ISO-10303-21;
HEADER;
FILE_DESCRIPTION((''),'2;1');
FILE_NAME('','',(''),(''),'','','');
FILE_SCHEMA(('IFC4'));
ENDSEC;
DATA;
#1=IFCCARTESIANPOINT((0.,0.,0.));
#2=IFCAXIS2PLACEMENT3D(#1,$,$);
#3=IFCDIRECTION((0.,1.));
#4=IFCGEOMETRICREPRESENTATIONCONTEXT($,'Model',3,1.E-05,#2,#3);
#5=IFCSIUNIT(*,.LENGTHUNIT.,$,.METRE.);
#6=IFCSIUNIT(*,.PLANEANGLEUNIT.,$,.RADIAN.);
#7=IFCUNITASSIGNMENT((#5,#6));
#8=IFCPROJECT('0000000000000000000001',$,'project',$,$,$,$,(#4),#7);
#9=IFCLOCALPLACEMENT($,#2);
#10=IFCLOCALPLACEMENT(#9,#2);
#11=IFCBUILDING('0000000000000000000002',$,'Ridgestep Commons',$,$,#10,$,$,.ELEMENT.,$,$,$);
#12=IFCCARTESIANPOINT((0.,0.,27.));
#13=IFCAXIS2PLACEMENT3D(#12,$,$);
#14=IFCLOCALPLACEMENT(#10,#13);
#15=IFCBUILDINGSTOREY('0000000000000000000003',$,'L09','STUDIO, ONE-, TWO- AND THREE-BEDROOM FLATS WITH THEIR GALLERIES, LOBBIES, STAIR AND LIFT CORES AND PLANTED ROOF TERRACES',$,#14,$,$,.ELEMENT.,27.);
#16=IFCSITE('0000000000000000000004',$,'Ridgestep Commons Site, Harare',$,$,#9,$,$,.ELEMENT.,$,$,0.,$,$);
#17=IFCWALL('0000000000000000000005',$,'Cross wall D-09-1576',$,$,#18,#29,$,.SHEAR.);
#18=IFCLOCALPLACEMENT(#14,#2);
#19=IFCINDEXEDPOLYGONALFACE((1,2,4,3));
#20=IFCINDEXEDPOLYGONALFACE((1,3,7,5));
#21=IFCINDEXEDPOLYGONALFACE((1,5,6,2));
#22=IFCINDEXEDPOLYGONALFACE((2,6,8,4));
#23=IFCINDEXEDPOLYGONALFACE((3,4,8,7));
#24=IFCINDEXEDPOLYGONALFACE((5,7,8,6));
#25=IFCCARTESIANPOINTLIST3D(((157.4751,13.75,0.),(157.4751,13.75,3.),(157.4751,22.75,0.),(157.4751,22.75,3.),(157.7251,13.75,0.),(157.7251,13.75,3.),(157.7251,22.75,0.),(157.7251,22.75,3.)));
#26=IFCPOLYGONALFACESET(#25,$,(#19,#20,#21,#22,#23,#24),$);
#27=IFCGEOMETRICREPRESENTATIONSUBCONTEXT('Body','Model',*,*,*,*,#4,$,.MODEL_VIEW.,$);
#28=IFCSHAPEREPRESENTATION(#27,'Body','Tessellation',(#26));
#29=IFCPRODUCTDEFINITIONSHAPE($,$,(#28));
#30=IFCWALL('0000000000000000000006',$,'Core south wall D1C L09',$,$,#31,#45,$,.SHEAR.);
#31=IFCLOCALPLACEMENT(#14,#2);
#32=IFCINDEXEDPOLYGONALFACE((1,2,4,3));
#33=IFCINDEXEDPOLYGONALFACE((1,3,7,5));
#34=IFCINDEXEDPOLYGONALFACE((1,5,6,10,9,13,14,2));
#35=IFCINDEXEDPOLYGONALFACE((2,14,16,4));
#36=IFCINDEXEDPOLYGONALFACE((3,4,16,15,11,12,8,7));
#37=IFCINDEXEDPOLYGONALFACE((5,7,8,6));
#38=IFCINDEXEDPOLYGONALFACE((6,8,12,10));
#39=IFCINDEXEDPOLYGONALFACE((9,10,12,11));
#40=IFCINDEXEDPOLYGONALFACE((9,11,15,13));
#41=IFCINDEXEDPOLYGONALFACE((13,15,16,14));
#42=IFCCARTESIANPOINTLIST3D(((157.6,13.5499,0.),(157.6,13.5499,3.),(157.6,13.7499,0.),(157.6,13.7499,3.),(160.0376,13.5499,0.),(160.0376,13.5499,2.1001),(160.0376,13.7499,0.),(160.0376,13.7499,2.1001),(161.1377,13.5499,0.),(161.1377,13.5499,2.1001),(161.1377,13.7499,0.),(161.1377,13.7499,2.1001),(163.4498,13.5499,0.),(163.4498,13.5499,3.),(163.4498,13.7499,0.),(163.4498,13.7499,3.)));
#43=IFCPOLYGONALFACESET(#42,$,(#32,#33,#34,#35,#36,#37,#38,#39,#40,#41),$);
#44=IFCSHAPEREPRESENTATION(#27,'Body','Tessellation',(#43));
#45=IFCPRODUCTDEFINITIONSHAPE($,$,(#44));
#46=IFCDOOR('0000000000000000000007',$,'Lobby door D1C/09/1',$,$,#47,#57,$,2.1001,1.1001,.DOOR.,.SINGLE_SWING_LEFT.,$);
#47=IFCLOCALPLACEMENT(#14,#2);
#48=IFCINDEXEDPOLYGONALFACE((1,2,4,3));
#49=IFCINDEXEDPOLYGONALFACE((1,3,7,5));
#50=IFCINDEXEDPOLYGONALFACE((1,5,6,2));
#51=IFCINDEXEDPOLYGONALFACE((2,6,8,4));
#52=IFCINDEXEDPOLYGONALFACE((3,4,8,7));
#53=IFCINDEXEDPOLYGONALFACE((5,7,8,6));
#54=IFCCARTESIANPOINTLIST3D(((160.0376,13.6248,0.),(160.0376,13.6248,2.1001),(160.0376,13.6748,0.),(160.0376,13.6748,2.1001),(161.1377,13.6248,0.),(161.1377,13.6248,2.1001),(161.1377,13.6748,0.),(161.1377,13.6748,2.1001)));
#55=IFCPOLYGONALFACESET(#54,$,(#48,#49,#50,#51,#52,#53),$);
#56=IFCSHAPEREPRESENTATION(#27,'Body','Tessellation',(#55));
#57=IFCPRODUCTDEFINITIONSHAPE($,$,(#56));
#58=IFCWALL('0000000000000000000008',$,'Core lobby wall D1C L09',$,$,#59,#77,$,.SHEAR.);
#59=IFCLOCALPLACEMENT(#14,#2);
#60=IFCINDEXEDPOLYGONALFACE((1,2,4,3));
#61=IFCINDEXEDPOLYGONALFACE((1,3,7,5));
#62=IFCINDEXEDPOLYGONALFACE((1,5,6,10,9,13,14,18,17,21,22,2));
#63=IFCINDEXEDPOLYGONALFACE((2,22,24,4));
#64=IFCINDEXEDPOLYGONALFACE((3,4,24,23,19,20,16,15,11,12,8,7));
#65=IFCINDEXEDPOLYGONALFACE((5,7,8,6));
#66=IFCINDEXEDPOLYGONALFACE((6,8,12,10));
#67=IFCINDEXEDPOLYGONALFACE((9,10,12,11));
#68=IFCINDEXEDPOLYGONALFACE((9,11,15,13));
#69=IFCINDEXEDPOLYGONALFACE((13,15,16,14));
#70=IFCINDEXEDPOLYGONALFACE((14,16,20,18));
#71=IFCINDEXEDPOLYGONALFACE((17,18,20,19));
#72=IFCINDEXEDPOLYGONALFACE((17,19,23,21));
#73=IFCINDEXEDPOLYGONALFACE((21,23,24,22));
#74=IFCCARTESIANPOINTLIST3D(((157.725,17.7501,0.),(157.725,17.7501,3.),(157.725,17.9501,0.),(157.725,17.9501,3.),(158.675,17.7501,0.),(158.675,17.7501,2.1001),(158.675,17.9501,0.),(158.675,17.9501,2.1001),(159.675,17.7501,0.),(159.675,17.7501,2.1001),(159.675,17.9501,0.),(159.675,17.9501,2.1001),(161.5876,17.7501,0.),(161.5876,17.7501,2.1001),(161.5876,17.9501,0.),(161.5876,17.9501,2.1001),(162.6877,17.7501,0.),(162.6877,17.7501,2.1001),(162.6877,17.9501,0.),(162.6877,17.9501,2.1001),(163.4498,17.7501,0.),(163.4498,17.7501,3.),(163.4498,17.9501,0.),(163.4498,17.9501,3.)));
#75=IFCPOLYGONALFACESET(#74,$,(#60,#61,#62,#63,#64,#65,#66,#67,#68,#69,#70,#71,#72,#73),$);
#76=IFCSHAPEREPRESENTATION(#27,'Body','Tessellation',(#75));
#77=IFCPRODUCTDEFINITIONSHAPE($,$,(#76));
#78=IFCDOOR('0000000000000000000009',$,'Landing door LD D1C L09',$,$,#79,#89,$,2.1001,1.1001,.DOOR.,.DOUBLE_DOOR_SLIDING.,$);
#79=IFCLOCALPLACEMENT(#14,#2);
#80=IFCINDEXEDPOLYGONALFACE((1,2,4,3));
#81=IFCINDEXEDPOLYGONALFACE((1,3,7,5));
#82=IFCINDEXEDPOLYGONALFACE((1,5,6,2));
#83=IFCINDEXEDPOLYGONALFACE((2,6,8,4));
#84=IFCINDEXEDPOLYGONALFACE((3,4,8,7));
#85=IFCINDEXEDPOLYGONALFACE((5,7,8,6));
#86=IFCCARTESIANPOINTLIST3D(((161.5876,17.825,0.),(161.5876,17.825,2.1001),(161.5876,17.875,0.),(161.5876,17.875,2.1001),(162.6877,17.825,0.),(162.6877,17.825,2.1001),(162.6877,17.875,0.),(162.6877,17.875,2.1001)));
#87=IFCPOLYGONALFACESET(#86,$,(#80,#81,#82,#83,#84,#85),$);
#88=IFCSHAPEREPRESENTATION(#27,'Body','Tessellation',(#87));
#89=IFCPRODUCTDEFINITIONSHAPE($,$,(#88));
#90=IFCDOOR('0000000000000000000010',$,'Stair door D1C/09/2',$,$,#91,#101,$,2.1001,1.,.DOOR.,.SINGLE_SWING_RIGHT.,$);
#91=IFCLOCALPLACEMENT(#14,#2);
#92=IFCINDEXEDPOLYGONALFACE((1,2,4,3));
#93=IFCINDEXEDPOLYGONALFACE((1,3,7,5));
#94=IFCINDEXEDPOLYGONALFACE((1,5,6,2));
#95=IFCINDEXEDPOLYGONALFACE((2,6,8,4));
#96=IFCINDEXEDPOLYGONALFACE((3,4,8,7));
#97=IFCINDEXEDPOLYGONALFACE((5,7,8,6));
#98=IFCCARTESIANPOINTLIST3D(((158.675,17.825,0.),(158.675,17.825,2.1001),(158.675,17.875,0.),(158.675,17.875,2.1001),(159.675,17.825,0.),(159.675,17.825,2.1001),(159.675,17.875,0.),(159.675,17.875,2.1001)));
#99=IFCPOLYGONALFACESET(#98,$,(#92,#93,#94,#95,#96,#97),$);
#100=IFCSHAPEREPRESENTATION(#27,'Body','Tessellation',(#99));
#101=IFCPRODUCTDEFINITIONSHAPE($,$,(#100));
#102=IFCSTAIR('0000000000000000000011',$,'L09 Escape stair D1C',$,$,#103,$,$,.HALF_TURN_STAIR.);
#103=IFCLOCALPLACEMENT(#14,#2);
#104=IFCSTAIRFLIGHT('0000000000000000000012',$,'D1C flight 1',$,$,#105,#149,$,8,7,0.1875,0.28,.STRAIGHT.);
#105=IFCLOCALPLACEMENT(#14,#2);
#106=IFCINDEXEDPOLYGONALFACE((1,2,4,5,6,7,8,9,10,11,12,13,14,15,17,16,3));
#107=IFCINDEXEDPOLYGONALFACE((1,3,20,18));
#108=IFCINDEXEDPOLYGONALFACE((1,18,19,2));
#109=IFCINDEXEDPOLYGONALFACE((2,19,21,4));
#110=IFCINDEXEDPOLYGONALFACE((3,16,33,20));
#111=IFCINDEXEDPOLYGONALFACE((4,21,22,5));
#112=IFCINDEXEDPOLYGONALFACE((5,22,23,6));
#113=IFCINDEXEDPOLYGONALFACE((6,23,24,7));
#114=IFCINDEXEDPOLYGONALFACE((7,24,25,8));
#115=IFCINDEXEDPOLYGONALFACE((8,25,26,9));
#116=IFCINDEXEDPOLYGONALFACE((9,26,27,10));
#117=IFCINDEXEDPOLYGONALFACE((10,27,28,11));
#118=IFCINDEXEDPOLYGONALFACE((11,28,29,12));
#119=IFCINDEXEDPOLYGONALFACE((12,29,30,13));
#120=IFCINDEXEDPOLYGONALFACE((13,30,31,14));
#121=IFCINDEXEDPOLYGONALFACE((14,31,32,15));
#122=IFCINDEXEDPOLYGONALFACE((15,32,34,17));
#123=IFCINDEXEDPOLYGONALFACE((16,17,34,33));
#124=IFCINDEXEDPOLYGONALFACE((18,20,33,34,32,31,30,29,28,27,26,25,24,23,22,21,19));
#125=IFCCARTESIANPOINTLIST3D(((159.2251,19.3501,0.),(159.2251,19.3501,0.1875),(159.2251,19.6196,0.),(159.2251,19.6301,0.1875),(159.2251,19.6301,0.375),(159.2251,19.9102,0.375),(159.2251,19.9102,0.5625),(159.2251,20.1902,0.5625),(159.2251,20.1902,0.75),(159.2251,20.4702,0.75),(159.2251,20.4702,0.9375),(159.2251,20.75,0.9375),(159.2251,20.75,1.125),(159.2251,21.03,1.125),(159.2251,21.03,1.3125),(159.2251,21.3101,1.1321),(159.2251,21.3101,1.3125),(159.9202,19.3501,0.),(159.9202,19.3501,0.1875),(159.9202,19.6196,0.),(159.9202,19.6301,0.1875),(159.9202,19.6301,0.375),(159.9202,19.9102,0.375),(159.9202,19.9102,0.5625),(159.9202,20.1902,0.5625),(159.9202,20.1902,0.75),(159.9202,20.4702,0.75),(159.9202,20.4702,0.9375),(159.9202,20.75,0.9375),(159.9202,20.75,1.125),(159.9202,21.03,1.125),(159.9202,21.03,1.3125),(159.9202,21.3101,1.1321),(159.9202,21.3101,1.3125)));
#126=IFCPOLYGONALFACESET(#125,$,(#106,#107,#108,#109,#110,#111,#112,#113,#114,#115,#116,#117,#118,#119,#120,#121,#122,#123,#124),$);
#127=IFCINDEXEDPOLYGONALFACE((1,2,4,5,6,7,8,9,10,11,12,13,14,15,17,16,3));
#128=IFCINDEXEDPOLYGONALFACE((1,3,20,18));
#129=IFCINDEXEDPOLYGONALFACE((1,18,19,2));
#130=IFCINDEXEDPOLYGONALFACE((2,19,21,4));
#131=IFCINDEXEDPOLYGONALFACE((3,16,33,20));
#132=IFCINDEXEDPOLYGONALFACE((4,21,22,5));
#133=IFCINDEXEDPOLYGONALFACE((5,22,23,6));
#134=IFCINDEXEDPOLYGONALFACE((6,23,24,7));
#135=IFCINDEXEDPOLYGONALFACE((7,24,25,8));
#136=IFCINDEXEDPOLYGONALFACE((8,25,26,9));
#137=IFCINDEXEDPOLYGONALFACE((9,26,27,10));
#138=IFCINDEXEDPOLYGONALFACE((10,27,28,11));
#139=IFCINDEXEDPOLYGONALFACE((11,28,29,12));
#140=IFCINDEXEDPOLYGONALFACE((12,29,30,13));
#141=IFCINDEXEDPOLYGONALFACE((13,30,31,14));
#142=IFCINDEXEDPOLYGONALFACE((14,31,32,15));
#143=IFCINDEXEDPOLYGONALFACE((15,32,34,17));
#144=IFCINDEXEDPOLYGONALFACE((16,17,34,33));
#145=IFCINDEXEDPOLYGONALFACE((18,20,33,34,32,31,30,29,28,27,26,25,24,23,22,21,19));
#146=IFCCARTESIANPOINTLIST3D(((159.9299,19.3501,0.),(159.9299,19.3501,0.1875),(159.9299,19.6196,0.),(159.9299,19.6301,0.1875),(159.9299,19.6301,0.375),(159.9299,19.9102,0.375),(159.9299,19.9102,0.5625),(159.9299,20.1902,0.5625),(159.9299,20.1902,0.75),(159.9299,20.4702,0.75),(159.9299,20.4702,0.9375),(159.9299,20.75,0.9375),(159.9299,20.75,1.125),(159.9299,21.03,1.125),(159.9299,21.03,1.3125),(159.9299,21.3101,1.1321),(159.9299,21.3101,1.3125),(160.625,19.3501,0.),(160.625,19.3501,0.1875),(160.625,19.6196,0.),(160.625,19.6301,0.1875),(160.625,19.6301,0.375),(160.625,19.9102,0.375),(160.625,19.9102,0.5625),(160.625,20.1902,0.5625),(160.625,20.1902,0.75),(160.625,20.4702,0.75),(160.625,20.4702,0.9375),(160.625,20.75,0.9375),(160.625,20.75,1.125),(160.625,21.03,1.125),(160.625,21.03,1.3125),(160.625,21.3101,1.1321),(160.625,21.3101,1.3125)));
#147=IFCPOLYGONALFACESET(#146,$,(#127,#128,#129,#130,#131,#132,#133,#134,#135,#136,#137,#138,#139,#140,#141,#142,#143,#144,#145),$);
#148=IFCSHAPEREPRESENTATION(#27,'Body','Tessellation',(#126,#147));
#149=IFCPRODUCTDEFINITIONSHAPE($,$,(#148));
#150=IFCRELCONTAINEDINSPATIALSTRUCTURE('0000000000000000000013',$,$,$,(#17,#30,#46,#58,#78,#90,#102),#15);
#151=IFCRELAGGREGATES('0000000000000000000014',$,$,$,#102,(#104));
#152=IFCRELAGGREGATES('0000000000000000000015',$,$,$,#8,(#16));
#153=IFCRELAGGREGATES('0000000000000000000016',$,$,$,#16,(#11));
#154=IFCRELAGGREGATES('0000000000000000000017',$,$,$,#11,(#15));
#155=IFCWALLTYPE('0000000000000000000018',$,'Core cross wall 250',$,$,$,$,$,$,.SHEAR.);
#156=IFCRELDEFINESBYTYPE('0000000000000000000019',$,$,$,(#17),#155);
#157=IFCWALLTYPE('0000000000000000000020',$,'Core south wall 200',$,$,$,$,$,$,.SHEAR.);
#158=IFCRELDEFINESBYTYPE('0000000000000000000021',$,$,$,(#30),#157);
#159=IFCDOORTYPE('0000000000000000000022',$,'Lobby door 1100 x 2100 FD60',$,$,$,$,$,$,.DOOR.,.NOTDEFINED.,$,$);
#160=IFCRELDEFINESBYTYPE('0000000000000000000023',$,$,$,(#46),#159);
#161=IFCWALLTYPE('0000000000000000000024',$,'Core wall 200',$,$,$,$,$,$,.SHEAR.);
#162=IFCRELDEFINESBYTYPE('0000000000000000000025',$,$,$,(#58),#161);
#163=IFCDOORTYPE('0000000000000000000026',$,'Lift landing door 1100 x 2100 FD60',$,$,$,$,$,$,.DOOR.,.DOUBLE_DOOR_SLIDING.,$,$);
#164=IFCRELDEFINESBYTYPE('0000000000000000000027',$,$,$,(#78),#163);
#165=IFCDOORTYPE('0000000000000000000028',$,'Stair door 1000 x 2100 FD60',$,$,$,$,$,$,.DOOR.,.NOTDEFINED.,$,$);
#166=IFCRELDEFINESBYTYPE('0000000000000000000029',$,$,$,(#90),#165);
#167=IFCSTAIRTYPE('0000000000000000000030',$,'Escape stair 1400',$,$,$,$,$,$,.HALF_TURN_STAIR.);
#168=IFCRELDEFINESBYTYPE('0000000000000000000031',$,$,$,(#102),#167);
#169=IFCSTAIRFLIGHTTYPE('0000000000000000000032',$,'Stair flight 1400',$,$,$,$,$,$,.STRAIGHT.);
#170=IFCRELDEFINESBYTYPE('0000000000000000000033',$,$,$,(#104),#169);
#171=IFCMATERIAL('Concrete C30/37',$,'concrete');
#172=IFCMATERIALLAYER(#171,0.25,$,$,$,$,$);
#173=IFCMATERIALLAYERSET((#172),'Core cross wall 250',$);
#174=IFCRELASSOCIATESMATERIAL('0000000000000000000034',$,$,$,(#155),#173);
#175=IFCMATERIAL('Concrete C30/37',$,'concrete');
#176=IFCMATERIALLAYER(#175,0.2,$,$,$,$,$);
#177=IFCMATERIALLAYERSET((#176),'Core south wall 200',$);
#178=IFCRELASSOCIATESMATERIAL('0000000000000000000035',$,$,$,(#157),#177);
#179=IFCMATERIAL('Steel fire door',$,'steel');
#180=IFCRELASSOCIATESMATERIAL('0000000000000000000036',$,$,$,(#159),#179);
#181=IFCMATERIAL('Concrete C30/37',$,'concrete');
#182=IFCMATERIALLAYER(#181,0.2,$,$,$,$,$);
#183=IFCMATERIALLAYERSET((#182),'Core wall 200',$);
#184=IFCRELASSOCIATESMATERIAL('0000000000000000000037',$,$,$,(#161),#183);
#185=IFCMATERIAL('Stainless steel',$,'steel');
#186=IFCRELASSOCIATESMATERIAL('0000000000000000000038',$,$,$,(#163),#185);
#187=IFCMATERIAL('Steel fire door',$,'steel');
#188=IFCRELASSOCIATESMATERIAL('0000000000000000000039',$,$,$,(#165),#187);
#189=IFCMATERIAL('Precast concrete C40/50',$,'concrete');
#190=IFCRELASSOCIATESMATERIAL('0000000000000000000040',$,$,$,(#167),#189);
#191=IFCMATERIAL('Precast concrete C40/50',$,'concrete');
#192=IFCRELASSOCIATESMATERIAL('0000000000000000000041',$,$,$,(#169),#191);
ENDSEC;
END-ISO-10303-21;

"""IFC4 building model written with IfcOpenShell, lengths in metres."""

from ifc_helpers import new_model, si_unit, direction, frame, frame_2d, origin, place, context, subcontext, project, spatial, polyline, rectangle, outline, extrude, material, layer, layer_set, type_object, element, fill, aggregate, save


model = new_model("IFC4")

# Units and contexts
model_context = context("Model", 3, precision=1e-05, world=origin(), true_north=direction((0.0, 1.0)))
body_context = subcontext(model_context, "Body", "Model", "MODEL_VIEW")
ifc_project = project(units=[si_unit("LENGTHUNIT", "METRE"), si_unit("PLANEANGLEUNIT", "RADIAN")], contexts=[model_context])

# Site, building, storey
site_placement = place(None, origin())
site = spatial("IfcSite", under=ifc_project, at=site_placement, Name="Ridgestep Commons Site, Harare", CompositionType="ELEMENT", RefElevation=0.0)
building_placement = place(site_placement, origin())
building = spatial("IfcBuilding", under=site, at=building_placement, Name="Ridgestep Commons", CompositionType="ELEMENT")
storey_placement = place(building_placement, frame((0.0, 0.0, 27.0)))
storey = spatial("IfcBuildingStorey", under=building, at=storey_placement, Name="L09", Description="STUDIO, ONE-, TWO- AND THREE-BEDROOM FLATS WITH THEIR GALLERIES, LOBBIES, STAIR AND LIFT CORES AND PLANTED ROOF TERRACES", CompositionType="ELEMENT", Elevation=27.0)

# Wall
ifc_material_1 = material(Name="Concrete C30/37", Category="concrete")
ifc_layer_1 = layer(ifc_material_1, 0.25)
ifc_layer_set_1 = layer_set([ifc_layer_1], Name="Core cross wall 250")
wall_type_1 = type_object("IfcWallType", Name="Core cross wall 250", PredefinedType="SHEAR", material=ifc_layer_set_1)
wall_1_placement = place(storey_placement, frame((157.6001, 13.75, 0.0), z_axis=(0.0, 0.0, 1.0), x_axis=(0.0, 1.0, 0.0)))
element("IfcWall", 1, at=wall_1_placement, inside=storey, type_object=wall_type_1, Name="Cross wall D-09-1576", PredefinedType="SHEAR", context=body_context, shape_type="SweptSolid", body=[
    extrude(rectangle(XDim=9.0, YDim=0.25, at=frame_2d((4.5, 0.0))), origin(), (0.0, 0.0, 1.0), 3.0),
])

# Wall, opening, door
ifc_material_2 = material(Name="Concrete C30/37", Category="concrete")
ifc_layer_2 = layer(ifc_material_2, 0.2)
ifc_layer_set_2 = layer_set([ifc_layer_2], Name="Core south wall 200")
wall_type_2 = type_object("IfcWallType", Name="Core south wall 200", PredefinedType="SHEAR", material=ifc_layer_set_2)
wall_2_placement = place(storey_placement, frame((157.6001, 13.6499, 0.0), z_axis=(0.0, 0.0, 1.0), x_axis=(1.0, 0.0, 0.0)))
wall_2 = element("IfcWall", 2, at=wall_2_placement, inside=storey, type_object=wall_type_2, Name="Core south wall D1C L09", PredefinedType="SHEAR", context=body_context, shape_type="SweptSolid", body=[
    extrude(rectangle(XDim=5.8499, YDim=0.2, at=frame_2d((2.9248, 0.0))), origin(), (0.0, 0.0, 1.0), 3.0),
])
opening_1_placement = place(wall_2_placement, frame((2.4375, 0.0, 0.0)))
opening_1 = element("IfcOpeningElement", 3, at=opening_1_placement, cuts=wall_2, PredefinedType="OPENING", context=body_context, shape_type="SweptSolid", body=[
    extrude(rectangle(XDim=1.1001, YDim=2.1001, at=frame_2d((0.55, 1.05))), frame((0.0, 0.1099, 0.0), z_axis=(0.0, -1.0, 0.0), x_axis=(1.0, 0.0, 0.0)), (0.0, 0.0, 1.0), 0.22),
])
ifc_material_3 = material(Name="Steel fire door", Category="steel")
door_type_1 = type_object("IfcDoorType", Name="Lobby door 1100 x 2100 FD60", OperationType="NOTDEFINED", PredefinedType="DOOR", material=ifc_material_3)
door_1_placement = place(opening_1_placement, origin())
door_1 = element("IfcDoor", 4, at=door_1_placement, inside=storey, type_object=door_type_1, Name="Lobby door D1C/09/1", OperationType="SINGLE_SWING_LEFT", OverallHeight=2.1001, OverallWidth=1.1001, PredefinedType="DOOR", context=body_context, shape_type="SweptSolid", body=[
    extrude(rectangle(XDim=1.1001, YDim=2.1001, at=frame_2d((0.55, 1.05))), frame((0.0, 0.0249, 0.0), z_axis=(0.0, -1.0, 0.0), x_axis=(1.0, 0.0, 0.0)), (0.0, 0.0, 1.0), 0.05),
])
fill(opening_1, door_1)

# Wall, openings, doors
ifc_material_4 = material(Name="Concrete C30/37", Category="concrete")
ifc_layer_3 = layer(ifc_material_4, 0.2)
ifc_layer_set_3 = layer_set([ifc_layer_3], Name="Core wall 200")
wall_type_3 = type_object("IfcWallType", Name="Core wall 200", PredefinedType="SHEAR", material=ifc_layer_set_3)
wall_3_placement = place(storey_placement, frame((157.7251, 17.8501, 0.0), z_axis=(0.0, 0.0, 1.0), x_axis=(1.0, 0.0, 0.0)))
wall_3 = element("IfcWall", 5, at=wall_3_placement, inside=storey, type_object=wall_type_3, Name="Core lobby wall D1C L09", PredefinedType="SHEAR", context=body_context, shape_type="SweptSolid", body=[
    extrude(rectangle(XDim=5.7249, YDim=0.2, at=frame_2d((2.8623, 0.0))), origin(), (0.0, 0.0, 1.0), 3.0),
])
opening_2_placement = place(wall_3_placement, frame((0.95, 0.0, 0.0)))
opening_2 = element("IfcOpeningElement", 6, at=opening_2_placement, cuts=wall_3, PredefinedType="OPENING", context=body_context, shape_type="SweptSolid", body=[
    extrude(rectangle(XDim=1.0, YDim=2.1001, at=frame_2d((0.5, 1.05))), frame((0.0, 0.1099, 0.0), z_axis=(0.0, -1.0, 0.0), x_axis=(1.0, 0.0, 0.0)), (0.0, 0.0, 1.0), 0.22),
])
opening_3_placement = place(wall_3_placement, frame((3.8625, 0.0, 0.0)))
opening_3 = element("IfcOpeningElement", 7, at=opening_3_placement, cuts=wall_3, PredefinedType="OPENING", context=body_context, shape_type="SweptSolid", body=[
    extrude(rectangle(XDim=1.1001, YDim=2.1001, at=frame_2d((0.55, 1.05))), frame((0.0, 0.1099, 0.0), z_axis=(0.0, -1.0, 0.0), x_axis=(1.0, 0.0, 0.0)), (0.0, 0.0, 1.0), 0.22),
])
ifc_material_5 = material(Name="Stainless steel", Category="steel")
door_type_2 = type_object("IfcDoorType", Name="Lift landing door 1100 x 2100 FD60", OperationType="DOUBLE_DOOR_SLIDING", PredefinedType="DOOR", material=ifc_material_5)
door_2_placement = place(opening_3_placement, origin())
door_2 = element("IfcDoor", 8, at=door_2_placement, inside=storey, type_object=door_type_2, Name="Landing door LD D1C L09", OperationType="DOUBLE_DOOR_SLIDING", OverallHeight=2.1001, OverallWidth=1.1001, PredefinedType="DOOR", context=body_context, shape_type="SweptSolid", body=[
    extrude(rectangle(XDim=1.1001, YDim=2.1001, at=frame_2d((0.55, 1.05))), frame((0.0, 0.0249, 0.0), z_axis=(0.0, -1.0, 0.0), x_axis=(1.0, 0.0, 0.0)), (0.0, 0.0, 1.0), 0.05),
])
fill(opening_3, door_2)
ifc_material_6 = material(Name="Steel fire door", Category="steel")
door_type_3 = type_object("IfcDoorType", Name="Stair door 1000 x 2100 FD60", OperationType="NOTDEFINED", PredefinedType="DOOR", material=ifc_material_6)
door_3_placement = place(opening_2_placement, origin())
door_3 = element("IfcDoor", 9, at=door_3_placement, inside=storey, type_object=door_type_3, Name="Stair door D1C/09/2", OperationType="SINGLE_SWING_RIGHT", OverallHeight=2.1001, OverallWidth=1.0, PredefinedType="DOOR", context=body_context, shape_type="SweptSolid", body=[
    extrude(rectangle(XDim=1.0, YDim=2.1001, at=frame_2d((0.5, 1.05))), frame((0.0, 0.0249, 0.0), z_axis=(0.0, -1.0, 0.0), x_axis=(1.0, 0.0, 0.0)), (0.0, 0.0, 1.0), 0.05),
])
fill(opening_2, door_3)

# Stair, stair flight
ifc_material_7 = material(Name="Precast concrete C40/50", Category="concrete")
stair_type = type_object("IfcStairType", Name="Escape stair 1400", PredefinedType="HALF_TURN_STAIR", material=ifc_material_7)
stair_placement = place(storey_placement, origin())
stair = element("IfcStair", 10, at=stair_placement, inside=storey, type_object=stair_type, Name="L09 Escape stair D1C", PredefinedType="HALF_TURN_STAIR")
ifc_material_8 = material(Name="Precast concrete C40/50", Category="concrete")
stair_flight_type = type_object("IfcStairFlightType", Name="Stair flight 1400", PredefinedType="STRAIGHT", material=ifc_material_8)
stair_flight_1_placement = place(storey_placement, frame((159.925, 19.3501, 0.0), z_axis=(0.0, 0.0, 1.0), x_axis=(0.0, 1.0, 0.0)))
stair_flight_1 = element("IfcStairFlight", 11, at=stair_flight_1_placement, type_object=stair_flight_type, Name="D1C flight 1", NumberOfRisers=8, NumberOfTreads=7, PredefinedType="STRAIGHT", RiserHeight=0.1875, TreadLength=0.28, context=body_context, shape_type="SweptSolid", body=[
    extrude(outline(polyline([(0.0, 0.0), (0.0, 0.1875), (0.28, 0.1875), (0.28, 0.375), (0.5601, 0.375), (0.5601, 0.5625), (0.8401, 0.5625), (0.8401, 0.75), (1.1201, 0.75), (1.1201, 0.9375), (1.3999, 0.9375), (1.3999, 1.125), (1.6799, 1.125), (1.6799, 1.3125), (1.96, 1.3125), (1.96, 1.5), (1.96, 1.1321), (0.2695, 0.0), (0.0, 0.0)])), frame((0.0, 0.7, 0.0), z_axis=(0.0, -1.0, 0.0), x_axis=(1.0, 0.0, 0.0)), (0.0, 0.0, 1.0), 0.6951),
    extrude(outline(polyline([(0.0, 0.0), (0.0, 0.1875), (0.28, 0.1875), (0.28, 0.375), (0.5601, 0.375), (0.5601, 0.5625), (0.8401, 0.5625), (0.8401, 0.75), (1.1201, 0.75), (1.1201, 0.9375), (1.3999, 0.9375), (1.3999, 1.125), (1.6799, 1.125), (1.6799, 1.3125), (1.96, 1.3125), (1.96, 1.5), (1.96, 1.1321), (0.2695, 0.0), (0.0, 0.0)])), frame((0.0, -0.0049, 0.0), z_axis=(0.0, -1.0, 0.0), x_axis=(1.0, 0.0, 0.0)), (0.0, 0.0, 1.0), 0.6951),
])
aggregate(stair, [stair_flight_1])

save(model, "model.ifc")
